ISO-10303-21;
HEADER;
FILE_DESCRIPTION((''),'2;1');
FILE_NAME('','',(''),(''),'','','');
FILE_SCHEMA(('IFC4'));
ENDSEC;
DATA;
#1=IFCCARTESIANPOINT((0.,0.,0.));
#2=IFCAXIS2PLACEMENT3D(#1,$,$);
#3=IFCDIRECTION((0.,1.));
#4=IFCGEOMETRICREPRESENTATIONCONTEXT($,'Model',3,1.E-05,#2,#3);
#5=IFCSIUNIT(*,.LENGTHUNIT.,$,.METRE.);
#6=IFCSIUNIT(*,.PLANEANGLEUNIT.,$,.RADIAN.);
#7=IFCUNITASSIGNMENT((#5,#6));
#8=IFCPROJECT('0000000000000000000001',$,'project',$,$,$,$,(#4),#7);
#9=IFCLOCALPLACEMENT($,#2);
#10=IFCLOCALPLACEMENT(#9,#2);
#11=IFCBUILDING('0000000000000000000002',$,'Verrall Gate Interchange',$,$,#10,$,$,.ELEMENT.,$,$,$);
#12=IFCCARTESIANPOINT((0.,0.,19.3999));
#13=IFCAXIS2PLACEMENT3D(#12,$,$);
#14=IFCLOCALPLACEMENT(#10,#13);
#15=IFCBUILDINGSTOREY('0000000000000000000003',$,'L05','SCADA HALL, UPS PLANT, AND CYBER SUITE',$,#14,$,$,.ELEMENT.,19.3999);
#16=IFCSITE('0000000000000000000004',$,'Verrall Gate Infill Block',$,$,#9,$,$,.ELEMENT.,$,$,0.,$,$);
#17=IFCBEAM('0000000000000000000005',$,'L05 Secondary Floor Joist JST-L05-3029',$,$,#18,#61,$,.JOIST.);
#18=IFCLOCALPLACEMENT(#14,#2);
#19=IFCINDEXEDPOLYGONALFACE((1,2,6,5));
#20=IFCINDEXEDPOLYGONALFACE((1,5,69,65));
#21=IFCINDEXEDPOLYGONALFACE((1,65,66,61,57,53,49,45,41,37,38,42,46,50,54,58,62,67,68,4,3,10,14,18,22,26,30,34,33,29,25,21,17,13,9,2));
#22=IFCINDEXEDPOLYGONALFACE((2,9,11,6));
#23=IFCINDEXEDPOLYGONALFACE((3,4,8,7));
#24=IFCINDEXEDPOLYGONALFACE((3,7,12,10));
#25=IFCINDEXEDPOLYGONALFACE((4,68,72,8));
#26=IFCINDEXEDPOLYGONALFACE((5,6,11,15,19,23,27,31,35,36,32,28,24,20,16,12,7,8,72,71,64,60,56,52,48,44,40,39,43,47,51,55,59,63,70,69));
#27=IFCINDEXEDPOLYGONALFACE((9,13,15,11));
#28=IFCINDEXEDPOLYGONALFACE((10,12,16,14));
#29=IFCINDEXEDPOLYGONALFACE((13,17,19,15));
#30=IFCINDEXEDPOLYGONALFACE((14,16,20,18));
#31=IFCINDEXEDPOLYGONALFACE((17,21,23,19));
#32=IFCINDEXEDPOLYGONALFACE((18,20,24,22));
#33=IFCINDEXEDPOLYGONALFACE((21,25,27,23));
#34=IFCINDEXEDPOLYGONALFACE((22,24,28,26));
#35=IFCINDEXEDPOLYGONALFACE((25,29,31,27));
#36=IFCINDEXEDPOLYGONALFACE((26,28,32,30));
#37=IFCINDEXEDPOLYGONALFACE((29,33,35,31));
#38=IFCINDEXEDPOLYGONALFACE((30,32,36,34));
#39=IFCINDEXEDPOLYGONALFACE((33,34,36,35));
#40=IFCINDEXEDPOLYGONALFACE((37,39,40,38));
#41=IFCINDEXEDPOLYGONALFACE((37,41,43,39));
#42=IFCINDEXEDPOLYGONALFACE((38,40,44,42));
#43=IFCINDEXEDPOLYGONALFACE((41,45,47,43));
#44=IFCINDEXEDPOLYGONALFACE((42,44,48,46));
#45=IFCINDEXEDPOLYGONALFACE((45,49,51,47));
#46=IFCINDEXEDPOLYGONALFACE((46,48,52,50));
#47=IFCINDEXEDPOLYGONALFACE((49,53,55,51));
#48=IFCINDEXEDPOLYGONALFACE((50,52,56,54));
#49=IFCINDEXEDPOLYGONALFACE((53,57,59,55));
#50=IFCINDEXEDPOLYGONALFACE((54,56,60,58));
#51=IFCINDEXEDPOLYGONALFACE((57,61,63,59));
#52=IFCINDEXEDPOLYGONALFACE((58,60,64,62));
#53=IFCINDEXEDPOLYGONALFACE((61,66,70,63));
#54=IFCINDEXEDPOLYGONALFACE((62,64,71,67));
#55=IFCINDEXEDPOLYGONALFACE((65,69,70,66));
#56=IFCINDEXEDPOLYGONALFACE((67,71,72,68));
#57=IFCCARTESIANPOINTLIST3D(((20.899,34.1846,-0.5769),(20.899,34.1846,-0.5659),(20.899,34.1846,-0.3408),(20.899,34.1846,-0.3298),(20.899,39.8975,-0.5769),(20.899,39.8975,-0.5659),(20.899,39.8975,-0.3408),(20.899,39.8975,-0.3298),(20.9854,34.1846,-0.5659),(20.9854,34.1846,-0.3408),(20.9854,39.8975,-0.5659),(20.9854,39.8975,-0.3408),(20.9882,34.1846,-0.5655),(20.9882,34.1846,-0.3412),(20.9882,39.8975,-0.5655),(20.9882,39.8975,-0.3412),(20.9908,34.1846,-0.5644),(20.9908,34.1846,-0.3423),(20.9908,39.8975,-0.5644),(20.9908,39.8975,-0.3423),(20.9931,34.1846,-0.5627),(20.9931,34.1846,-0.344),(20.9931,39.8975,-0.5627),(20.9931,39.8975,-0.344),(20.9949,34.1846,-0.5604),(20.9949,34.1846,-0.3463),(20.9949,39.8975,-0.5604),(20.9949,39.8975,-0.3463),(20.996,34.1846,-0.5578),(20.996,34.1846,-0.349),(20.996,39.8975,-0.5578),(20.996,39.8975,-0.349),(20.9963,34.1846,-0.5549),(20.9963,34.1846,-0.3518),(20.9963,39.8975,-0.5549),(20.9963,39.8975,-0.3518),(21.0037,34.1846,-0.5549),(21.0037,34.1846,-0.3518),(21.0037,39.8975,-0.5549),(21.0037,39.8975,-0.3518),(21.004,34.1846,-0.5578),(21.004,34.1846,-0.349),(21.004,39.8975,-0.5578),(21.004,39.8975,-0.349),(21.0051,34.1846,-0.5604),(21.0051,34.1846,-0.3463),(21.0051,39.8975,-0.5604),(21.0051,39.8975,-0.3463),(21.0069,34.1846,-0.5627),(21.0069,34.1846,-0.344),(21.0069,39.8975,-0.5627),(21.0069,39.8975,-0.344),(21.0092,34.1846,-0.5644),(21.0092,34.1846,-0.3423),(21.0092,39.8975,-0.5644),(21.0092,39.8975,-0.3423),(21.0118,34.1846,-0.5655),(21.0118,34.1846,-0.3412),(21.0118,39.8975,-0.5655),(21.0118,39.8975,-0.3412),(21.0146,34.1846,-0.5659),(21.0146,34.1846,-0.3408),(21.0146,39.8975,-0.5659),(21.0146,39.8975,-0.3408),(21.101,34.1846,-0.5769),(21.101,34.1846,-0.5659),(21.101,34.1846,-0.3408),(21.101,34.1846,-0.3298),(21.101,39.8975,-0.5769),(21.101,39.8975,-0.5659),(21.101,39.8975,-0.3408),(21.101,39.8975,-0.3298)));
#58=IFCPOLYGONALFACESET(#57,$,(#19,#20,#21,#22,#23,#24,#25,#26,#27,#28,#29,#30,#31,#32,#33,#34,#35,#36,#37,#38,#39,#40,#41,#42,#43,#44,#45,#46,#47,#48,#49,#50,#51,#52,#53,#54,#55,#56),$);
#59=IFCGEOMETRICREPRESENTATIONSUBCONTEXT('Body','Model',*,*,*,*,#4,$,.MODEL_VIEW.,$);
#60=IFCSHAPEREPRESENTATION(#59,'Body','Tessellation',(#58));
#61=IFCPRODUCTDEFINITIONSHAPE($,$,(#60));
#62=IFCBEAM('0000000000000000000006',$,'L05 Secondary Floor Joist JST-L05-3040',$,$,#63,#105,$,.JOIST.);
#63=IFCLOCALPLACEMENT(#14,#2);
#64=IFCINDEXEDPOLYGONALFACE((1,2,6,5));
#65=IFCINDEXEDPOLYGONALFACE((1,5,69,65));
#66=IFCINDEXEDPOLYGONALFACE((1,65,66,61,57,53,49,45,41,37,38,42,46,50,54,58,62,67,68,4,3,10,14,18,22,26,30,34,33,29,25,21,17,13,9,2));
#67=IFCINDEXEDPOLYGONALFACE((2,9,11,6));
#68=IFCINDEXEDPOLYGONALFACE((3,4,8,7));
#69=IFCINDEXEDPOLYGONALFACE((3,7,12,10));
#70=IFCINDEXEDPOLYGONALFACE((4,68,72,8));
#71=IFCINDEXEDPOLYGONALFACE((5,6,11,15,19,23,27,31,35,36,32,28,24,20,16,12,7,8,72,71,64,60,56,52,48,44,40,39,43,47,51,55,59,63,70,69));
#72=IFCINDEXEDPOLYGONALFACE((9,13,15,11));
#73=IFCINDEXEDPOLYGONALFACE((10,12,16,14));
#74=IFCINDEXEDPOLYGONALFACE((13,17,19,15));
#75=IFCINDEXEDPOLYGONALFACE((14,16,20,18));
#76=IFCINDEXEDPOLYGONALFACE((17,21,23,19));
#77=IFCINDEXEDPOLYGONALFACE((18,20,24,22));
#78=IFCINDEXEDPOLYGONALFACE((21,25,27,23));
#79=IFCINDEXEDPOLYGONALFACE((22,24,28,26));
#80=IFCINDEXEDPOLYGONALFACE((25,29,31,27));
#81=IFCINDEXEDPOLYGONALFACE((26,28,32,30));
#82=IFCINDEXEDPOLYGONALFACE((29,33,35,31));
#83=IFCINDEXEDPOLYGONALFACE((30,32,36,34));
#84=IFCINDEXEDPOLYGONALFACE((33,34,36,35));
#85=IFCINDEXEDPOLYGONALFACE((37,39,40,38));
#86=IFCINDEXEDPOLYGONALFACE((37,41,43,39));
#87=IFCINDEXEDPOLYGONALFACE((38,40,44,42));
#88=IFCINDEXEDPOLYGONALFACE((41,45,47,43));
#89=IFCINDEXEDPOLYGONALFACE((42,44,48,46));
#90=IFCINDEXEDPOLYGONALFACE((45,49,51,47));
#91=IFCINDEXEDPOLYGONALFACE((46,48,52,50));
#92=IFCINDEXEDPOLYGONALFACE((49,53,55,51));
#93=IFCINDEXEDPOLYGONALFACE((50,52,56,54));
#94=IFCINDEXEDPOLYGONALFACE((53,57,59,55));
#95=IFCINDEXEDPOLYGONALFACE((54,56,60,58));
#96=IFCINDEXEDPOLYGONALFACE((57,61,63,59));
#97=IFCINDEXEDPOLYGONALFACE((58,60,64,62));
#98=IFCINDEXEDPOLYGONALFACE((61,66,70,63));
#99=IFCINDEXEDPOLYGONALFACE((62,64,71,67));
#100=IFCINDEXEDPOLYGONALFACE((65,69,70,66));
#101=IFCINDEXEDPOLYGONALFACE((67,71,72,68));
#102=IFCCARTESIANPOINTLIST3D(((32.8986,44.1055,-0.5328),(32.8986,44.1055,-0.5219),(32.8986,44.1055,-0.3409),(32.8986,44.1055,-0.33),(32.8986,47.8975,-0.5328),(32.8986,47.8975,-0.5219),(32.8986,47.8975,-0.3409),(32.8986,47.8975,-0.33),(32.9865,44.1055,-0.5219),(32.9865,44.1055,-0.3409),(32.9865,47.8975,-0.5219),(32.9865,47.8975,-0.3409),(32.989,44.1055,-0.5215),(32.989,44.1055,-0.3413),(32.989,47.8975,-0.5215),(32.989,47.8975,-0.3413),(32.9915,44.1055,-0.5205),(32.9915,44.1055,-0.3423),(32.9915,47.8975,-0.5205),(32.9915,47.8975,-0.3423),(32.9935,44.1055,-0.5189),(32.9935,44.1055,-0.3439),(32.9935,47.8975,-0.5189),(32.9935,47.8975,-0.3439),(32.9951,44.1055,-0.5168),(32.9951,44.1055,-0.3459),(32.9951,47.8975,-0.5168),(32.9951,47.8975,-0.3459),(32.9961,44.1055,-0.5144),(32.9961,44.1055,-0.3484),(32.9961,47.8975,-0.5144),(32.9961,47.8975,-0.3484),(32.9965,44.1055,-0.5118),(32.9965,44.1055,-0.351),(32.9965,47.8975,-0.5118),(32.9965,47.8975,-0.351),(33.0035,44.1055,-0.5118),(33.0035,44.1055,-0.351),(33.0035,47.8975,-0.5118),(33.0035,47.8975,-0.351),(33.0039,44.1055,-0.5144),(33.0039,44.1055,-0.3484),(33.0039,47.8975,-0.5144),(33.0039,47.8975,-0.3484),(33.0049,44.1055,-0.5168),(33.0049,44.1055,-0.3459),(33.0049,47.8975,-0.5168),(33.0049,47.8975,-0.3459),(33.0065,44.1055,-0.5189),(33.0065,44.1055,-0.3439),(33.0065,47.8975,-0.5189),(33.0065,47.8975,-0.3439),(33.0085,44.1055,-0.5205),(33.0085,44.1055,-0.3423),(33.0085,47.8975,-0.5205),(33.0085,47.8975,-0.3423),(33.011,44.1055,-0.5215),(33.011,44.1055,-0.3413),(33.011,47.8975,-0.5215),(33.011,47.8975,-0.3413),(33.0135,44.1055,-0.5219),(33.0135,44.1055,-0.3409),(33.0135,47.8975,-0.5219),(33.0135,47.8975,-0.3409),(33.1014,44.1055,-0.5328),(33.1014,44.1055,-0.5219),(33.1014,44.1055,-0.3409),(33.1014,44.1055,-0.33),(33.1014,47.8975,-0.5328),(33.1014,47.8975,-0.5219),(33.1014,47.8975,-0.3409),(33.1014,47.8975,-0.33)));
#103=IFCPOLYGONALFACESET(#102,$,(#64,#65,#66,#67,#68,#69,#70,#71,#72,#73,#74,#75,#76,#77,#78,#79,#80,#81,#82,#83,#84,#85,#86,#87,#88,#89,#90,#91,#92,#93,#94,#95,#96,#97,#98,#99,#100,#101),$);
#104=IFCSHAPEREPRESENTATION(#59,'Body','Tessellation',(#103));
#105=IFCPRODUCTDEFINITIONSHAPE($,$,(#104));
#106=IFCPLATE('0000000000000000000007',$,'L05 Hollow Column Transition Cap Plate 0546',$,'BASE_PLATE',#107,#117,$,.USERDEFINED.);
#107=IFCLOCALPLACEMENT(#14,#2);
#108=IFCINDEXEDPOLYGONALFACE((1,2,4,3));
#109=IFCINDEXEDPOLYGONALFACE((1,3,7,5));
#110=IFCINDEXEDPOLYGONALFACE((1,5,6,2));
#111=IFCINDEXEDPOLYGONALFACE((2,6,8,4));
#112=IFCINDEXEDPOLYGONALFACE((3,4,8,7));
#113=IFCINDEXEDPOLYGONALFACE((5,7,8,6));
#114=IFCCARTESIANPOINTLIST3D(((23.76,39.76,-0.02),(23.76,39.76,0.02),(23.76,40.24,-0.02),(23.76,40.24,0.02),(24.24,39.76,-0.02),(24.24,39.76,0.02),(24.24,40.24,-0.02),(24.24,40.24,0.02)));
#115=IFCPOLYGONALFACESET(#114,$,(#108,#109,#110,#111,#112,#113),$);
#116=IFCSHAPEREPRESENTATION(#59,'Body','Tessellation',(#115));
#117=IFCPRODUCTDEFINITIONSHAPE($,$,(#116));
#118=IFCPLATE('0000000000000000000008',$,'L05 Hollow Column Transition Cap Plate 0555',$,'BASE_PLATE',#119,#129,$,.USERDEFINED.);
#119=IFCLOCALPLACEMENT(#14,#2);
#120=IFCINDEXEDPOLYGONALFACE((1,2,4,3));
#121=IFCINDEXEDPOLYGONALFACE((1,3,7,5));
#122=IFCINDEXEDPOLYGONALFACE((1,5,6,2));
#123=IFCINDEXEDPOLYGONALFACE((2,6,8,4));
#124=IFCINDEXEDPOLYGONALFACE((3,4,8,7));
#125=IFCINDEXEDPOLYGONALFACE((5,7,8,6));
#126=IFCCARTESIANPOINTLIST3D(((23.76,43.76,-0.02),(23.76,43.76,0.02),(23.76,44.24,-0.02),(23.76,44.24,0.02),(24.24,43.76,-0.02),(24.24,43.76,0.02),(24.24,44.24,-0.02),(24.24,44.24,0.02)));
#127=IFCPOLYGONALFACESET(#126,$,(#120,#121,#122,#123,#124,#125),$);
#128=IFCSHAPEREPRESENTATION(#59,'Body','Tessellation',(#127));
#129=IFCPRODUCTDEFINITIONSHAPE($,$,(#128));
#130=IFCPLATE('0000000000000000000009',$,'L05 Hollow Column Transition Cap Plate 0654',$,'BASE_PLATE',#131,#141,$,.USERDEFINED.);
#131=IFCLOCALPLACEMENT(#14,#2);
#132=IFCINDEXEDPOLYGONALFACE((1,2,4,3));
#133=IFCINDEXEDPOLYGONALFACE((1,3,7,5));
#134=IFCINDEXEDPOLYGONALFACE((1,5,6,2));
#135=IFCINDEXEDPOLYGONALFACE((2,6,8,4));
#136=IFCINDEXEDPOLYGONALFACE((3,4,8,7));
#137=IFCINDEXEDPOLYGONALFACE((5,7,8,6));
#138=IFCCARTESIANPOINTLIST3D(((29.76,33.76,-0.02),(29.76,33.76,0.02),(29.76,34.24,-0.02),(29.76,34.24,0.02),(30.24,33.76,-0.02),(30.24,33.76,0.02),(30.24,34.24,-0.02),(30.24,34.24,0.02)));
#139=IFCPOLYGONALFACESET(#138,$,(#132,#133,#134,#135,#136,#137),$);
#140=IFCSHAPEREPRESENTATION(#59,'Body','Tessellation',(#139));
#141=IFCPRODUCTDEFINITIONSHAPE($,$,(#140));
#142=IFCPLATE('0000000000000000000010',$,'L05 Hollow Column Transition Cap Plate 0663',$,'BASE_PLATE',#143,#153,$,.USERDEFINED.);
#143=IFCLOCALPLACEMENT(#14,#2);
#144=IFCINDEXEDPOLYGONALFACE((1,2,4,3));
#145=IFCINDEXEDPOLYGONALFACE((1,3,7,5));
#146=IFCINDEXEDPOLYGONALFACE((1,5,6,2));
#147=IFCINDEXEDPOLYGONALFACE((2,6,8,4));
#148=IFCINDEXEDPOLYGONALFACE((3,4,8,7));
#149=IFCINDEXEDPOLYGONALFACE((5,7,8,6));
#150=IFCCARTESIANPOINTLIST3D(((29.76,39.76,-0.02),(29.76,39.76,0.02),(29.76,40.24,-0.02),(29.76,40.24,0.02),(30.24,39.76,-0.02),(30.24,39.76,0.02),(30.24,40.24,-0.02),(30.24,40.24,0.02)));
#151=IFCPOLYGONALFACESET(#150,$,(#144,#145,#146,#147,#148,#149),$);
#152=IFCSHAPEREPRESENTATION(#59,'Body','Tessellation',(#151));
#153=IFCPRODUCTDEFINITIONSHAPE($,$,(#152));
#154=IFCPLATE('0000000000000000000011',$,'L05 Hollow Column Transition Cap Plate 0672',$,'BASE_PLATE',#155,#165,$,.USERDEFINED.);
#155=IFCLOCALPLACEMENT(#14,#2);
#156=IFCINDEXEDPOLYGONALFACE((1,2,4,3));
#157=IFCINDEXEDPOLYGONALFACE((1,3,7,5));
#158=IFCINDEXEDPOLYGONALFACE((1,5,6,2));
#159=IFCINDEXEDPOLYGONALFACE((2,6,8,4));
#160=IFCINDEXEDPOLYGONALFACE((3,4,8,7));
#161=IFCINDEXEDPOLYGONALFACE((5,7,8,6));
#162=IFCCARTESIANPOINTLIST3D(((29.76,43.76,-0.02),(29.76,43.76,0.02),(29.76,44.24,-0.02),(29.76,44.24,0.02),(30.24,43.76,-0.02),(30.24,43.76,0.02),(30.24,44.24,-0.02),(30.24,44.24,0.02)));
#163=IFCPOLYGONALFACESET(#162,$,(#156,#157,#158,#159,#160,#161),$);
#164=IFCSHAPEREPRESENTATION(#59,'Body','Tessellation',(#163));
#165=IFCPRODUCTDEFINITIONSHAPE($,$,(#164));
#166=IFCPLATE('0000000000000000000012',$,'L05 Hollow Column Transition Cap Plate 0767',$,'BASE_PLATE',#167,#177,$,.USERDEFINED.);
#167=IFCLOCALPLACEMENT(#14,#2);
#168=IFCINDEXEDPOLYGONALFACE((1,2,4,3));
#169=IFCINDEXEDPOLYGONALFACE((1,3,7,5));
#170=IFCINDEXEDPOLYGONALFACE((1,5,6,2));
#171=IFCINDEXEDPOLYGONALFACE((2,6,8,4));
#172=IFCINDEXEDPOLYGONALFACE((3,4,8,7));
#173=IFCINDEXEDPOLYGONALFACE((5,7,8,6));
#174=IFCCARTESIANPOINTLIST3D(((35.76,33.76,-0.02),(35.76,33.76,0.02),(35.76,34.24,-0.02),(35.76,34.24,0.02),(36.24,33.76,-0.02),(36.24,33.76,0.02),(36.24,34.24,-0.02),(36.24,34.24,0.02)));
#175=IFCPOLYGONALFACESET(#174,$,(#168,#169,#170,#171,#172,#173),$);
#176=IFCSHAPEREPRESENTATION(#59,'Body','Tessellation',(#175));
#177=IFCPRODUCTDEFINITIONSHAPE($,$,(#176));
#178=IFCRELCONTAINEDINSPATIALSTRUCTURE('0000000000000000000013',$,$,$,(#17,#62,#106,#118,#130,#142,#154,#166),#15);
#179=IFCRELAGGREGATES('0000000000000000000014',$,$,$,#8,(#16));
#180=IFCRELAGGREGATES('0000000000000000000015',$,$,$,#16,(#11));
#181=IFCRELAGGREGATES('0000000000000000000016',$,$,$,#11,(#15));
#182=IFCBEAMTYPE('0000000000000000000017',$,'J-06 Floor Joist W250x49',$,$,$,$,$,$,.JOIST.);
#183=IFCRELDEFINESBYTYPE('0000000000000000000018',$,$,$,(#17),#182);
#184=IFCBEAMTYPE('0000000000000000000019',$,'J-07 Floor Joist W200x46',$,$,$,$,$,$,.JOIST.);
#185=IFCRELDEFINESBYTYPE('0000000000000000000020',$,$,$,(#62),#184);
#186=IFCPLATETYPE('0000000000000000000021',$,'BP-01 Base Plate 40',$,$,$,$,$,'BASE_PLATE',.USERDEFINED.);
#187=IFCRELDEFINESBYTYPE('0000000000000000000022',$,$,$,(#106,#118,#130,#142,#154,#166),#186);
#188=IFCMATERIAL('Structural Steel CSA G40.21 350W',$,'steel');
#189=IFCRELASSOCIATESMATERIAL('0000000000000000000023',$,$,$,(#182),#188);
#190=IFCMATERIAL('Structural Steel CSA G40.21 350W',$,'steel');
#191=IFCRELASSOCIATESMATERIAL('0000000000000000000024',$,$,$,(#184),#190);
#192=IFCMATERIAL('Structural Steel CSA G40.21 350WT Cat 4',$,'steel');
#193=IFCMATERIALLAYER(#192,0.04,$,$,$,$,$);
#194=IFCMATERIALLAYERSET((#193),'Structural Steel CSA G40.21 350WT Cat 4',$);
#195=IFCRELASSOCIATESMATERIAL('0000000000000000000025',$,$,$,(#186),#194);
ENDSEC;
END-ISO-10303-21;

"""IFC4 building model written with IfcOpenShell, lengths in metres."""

from ifc_helpers import new_model, si_unit, direction, frame, origin, origin_2d, place, context, subcontext, project, spatial, rectangle, i_section, extrude, material, layer, layer_set, material_profile, profile_set, type_object, element, save


model = new_model("IFC4")

# Units and contexts
model_context = context("Model", 3, precision=1e-05, world=origin(), true_north=direction((0.0, 1.0)))
body_context = subcontext(model_context, "Body", "Model", "MODEL_VIEW")
ifc_project = project(units=[si_unit("LENGTHUNIT", "METRE"), si_unit("PLANEANGLEUNIT", "RADIAN")], contexts=[model_context])

# Site, building, storey
site_placement = place(None, origin())
site = spatial("IfcSite", under=ifc_project, at=site_placement, Name="Verrall Gate Infill Block", CompositionType="ELEMENT", RefElevation=0.0)
building_placement = place(site_placement, origin())
building = spatial("IfcBuilding", under=site, at=building_placement, Name="Verrall Gate Interchange", CompositionType="ELEMENT")
storey_placement = place(building_placement, frame((0.0, 0.0, 19.3999)))
storey = spatial("IfcBuildingStorey", under=building, at=storey_placement, Name="L05", Description="SCADA HALL, UPS PLANT, AND CYBER SUITE", CompositionType="ELEMENT", Elevation=19.3999)

# Beams
ifc_material_1 = material(Name="Structural Steel CSA G40.21 350W", Category="steel")
ifc_material_profile_1 = material_profile(ifc_material_1, i_section(OverallWidth=0.2019, OverallDepth=0.2471, WebThickness=0.0073, FlangeThickness=0.011, FilletRadius=0.011, at=origin_2d()), Name="W250x49")
ifc_profile_set_1 = profile_set([ifc_material_profile_1], Name="Structural Steel CSA G40.21 350W")
beam_type_1 = type_object("IfcBeamType", Name="J-06 Floor Joist W250x49", PredefinedType="JOIST", material=ifc_profile_set_1)
beam_1_placement = place(storey_placement, frame((21.0, 34.1846, -0.4534), z_axis=(0.0, 1.0, 0.0), x_axis=(-1.0, 0.0, 0.0)))
element("IfcBeam", 1, at=beam_1_placement, inside=storey, type_object=beam_type_1, Name="L05 Secondary Floor Joist JST-L05-3029", PredefinedType="JOIST", context=body_context, shape_type="SweptSolid", body=[
    extrude(i_section(OverallWidth=0.2019, OverallDepth=0.2471, WebThickness=0.0073, FlangeThickness=0.011, FilletRadius=0.011, at=origin_2d()), origin(), (0.0, 0.0, 1.0), 5.7129),
])
ifc_material_2 = material(Name="Structural Steel CSA G40.21 350W", Category="steel")
ifc_material_profile_2 = material_profile(ifc_material_2, i_section(OverallWidth=0.2029, OverallDepth=0.2029, WebThickness=0.0071, FlangeThickness=0.011, FilletRadius=0.01, at=origin_2d()), Name="W200x46")
ifc_profile_set_2 = profile_set([ifc_material_profile_2], Name="Structural Steel CSA G40.21 350W")
beam_type_2 = type_object("IfcBeamType", Name="J-07 Floor Joist W200x46", PredefinedType="JOIST", material=ifc_profile_set_2)
beam_2_placement = place(storey_placement, frame((33.0, 44.1055, -0.4314), z_axis=(0.0, 1.0, 0.0), x_axis=(-1.0, 0.0, 0.0)))
element("IfcBeam", 2, at=beam_2_placement, inside=storey, type_object=beam_type_2, Name="L05 Secondary Floor Joist JST-L05-3040", PredefinedType="JOIST", context=body_context, shape_type="SweptSolid", body=[
    extrude(i_section(OverallWidth=0.2029, OverallDepth=0.2029, WebThickness=0.0071, FlangeThickness=0.011, FilletRadius=0.01, at=origin_2d()), origin(), (0.0, 0.0, 1.0), 3.792),
])

# Plates
ifc_material_3 = material(Name="Structural Steel CSA G40.21 350WT Cat 4", Category="steel")
ifc_layer = layer(ifc_material_3, 0.04)
ifc_layer_set = layer_set([ifc_layer], Name="Structural Steel CSA G40.21 350WT Cat 4")
plate_type = type_object("IfcPlateType", Name="BP-01 Base Plate 40", ElementType="BASE_PLATE", PredefinedType="USERDEFINED", material=ifc_layer_set)
for number, where, z_axis, x_axis, name in (
    (3, (24.0, 40.0, -0.02), (0.0, 0.0, 1.0), (1.0, 0.0, 0.0), "L05 Hollow Column Transition Cap Plate 0546"),
    (4, (24.0, 44.0, -0.02), (0.0, 0.0, 1.0), (1.0, 0.0, 0.0), "L05 Hollow Column Transition Cap Plate 0555"),
    (5, (30.0, 34.0, -0.02), (0.0, 0.0, 1.0), (1.0, 0.0, 0.0), "L05 Hollow Column Transition Cap Plate 0654"),
    (6, (30.0, 40.0, -0.02), (0.0, 0.0, 1.0), (1.0, 0.0, 0.0), "L05 Hollow Column Transition Cap Plate 0663"),
    (7, (30.0, 44.0, -0.02), (0.0, 0.0, 1.0), (1.0, 0.0, 0.0), "L05 Hollow Column Transition Cap Plate 0672"),
    (8, (36.0, 34.0, -0.02), (0.0, 0.0, 1.0), (1.0, 0.0, 0.0), "L05 Hollow Column Transition Cap Plate 0767"),
):
    element("IfcPlate", number, at=place(storey_placement, frame(where, z_axis=z_axis, x_axis=x_axis)), inside=storey, type_object=plate_type, Name=name, ObjectType="BASE_PLATE", PredefinedType="USERDEFINED", context=body_context, shape_type="SweptSolid", body=[
        extrude(rectangle(XDim=0.48, YDim=0.48, at=origin_2d()), origin(), (0.0, 0.0, 1.0), 0.04),
    ])

save(model, "model.ifc")
